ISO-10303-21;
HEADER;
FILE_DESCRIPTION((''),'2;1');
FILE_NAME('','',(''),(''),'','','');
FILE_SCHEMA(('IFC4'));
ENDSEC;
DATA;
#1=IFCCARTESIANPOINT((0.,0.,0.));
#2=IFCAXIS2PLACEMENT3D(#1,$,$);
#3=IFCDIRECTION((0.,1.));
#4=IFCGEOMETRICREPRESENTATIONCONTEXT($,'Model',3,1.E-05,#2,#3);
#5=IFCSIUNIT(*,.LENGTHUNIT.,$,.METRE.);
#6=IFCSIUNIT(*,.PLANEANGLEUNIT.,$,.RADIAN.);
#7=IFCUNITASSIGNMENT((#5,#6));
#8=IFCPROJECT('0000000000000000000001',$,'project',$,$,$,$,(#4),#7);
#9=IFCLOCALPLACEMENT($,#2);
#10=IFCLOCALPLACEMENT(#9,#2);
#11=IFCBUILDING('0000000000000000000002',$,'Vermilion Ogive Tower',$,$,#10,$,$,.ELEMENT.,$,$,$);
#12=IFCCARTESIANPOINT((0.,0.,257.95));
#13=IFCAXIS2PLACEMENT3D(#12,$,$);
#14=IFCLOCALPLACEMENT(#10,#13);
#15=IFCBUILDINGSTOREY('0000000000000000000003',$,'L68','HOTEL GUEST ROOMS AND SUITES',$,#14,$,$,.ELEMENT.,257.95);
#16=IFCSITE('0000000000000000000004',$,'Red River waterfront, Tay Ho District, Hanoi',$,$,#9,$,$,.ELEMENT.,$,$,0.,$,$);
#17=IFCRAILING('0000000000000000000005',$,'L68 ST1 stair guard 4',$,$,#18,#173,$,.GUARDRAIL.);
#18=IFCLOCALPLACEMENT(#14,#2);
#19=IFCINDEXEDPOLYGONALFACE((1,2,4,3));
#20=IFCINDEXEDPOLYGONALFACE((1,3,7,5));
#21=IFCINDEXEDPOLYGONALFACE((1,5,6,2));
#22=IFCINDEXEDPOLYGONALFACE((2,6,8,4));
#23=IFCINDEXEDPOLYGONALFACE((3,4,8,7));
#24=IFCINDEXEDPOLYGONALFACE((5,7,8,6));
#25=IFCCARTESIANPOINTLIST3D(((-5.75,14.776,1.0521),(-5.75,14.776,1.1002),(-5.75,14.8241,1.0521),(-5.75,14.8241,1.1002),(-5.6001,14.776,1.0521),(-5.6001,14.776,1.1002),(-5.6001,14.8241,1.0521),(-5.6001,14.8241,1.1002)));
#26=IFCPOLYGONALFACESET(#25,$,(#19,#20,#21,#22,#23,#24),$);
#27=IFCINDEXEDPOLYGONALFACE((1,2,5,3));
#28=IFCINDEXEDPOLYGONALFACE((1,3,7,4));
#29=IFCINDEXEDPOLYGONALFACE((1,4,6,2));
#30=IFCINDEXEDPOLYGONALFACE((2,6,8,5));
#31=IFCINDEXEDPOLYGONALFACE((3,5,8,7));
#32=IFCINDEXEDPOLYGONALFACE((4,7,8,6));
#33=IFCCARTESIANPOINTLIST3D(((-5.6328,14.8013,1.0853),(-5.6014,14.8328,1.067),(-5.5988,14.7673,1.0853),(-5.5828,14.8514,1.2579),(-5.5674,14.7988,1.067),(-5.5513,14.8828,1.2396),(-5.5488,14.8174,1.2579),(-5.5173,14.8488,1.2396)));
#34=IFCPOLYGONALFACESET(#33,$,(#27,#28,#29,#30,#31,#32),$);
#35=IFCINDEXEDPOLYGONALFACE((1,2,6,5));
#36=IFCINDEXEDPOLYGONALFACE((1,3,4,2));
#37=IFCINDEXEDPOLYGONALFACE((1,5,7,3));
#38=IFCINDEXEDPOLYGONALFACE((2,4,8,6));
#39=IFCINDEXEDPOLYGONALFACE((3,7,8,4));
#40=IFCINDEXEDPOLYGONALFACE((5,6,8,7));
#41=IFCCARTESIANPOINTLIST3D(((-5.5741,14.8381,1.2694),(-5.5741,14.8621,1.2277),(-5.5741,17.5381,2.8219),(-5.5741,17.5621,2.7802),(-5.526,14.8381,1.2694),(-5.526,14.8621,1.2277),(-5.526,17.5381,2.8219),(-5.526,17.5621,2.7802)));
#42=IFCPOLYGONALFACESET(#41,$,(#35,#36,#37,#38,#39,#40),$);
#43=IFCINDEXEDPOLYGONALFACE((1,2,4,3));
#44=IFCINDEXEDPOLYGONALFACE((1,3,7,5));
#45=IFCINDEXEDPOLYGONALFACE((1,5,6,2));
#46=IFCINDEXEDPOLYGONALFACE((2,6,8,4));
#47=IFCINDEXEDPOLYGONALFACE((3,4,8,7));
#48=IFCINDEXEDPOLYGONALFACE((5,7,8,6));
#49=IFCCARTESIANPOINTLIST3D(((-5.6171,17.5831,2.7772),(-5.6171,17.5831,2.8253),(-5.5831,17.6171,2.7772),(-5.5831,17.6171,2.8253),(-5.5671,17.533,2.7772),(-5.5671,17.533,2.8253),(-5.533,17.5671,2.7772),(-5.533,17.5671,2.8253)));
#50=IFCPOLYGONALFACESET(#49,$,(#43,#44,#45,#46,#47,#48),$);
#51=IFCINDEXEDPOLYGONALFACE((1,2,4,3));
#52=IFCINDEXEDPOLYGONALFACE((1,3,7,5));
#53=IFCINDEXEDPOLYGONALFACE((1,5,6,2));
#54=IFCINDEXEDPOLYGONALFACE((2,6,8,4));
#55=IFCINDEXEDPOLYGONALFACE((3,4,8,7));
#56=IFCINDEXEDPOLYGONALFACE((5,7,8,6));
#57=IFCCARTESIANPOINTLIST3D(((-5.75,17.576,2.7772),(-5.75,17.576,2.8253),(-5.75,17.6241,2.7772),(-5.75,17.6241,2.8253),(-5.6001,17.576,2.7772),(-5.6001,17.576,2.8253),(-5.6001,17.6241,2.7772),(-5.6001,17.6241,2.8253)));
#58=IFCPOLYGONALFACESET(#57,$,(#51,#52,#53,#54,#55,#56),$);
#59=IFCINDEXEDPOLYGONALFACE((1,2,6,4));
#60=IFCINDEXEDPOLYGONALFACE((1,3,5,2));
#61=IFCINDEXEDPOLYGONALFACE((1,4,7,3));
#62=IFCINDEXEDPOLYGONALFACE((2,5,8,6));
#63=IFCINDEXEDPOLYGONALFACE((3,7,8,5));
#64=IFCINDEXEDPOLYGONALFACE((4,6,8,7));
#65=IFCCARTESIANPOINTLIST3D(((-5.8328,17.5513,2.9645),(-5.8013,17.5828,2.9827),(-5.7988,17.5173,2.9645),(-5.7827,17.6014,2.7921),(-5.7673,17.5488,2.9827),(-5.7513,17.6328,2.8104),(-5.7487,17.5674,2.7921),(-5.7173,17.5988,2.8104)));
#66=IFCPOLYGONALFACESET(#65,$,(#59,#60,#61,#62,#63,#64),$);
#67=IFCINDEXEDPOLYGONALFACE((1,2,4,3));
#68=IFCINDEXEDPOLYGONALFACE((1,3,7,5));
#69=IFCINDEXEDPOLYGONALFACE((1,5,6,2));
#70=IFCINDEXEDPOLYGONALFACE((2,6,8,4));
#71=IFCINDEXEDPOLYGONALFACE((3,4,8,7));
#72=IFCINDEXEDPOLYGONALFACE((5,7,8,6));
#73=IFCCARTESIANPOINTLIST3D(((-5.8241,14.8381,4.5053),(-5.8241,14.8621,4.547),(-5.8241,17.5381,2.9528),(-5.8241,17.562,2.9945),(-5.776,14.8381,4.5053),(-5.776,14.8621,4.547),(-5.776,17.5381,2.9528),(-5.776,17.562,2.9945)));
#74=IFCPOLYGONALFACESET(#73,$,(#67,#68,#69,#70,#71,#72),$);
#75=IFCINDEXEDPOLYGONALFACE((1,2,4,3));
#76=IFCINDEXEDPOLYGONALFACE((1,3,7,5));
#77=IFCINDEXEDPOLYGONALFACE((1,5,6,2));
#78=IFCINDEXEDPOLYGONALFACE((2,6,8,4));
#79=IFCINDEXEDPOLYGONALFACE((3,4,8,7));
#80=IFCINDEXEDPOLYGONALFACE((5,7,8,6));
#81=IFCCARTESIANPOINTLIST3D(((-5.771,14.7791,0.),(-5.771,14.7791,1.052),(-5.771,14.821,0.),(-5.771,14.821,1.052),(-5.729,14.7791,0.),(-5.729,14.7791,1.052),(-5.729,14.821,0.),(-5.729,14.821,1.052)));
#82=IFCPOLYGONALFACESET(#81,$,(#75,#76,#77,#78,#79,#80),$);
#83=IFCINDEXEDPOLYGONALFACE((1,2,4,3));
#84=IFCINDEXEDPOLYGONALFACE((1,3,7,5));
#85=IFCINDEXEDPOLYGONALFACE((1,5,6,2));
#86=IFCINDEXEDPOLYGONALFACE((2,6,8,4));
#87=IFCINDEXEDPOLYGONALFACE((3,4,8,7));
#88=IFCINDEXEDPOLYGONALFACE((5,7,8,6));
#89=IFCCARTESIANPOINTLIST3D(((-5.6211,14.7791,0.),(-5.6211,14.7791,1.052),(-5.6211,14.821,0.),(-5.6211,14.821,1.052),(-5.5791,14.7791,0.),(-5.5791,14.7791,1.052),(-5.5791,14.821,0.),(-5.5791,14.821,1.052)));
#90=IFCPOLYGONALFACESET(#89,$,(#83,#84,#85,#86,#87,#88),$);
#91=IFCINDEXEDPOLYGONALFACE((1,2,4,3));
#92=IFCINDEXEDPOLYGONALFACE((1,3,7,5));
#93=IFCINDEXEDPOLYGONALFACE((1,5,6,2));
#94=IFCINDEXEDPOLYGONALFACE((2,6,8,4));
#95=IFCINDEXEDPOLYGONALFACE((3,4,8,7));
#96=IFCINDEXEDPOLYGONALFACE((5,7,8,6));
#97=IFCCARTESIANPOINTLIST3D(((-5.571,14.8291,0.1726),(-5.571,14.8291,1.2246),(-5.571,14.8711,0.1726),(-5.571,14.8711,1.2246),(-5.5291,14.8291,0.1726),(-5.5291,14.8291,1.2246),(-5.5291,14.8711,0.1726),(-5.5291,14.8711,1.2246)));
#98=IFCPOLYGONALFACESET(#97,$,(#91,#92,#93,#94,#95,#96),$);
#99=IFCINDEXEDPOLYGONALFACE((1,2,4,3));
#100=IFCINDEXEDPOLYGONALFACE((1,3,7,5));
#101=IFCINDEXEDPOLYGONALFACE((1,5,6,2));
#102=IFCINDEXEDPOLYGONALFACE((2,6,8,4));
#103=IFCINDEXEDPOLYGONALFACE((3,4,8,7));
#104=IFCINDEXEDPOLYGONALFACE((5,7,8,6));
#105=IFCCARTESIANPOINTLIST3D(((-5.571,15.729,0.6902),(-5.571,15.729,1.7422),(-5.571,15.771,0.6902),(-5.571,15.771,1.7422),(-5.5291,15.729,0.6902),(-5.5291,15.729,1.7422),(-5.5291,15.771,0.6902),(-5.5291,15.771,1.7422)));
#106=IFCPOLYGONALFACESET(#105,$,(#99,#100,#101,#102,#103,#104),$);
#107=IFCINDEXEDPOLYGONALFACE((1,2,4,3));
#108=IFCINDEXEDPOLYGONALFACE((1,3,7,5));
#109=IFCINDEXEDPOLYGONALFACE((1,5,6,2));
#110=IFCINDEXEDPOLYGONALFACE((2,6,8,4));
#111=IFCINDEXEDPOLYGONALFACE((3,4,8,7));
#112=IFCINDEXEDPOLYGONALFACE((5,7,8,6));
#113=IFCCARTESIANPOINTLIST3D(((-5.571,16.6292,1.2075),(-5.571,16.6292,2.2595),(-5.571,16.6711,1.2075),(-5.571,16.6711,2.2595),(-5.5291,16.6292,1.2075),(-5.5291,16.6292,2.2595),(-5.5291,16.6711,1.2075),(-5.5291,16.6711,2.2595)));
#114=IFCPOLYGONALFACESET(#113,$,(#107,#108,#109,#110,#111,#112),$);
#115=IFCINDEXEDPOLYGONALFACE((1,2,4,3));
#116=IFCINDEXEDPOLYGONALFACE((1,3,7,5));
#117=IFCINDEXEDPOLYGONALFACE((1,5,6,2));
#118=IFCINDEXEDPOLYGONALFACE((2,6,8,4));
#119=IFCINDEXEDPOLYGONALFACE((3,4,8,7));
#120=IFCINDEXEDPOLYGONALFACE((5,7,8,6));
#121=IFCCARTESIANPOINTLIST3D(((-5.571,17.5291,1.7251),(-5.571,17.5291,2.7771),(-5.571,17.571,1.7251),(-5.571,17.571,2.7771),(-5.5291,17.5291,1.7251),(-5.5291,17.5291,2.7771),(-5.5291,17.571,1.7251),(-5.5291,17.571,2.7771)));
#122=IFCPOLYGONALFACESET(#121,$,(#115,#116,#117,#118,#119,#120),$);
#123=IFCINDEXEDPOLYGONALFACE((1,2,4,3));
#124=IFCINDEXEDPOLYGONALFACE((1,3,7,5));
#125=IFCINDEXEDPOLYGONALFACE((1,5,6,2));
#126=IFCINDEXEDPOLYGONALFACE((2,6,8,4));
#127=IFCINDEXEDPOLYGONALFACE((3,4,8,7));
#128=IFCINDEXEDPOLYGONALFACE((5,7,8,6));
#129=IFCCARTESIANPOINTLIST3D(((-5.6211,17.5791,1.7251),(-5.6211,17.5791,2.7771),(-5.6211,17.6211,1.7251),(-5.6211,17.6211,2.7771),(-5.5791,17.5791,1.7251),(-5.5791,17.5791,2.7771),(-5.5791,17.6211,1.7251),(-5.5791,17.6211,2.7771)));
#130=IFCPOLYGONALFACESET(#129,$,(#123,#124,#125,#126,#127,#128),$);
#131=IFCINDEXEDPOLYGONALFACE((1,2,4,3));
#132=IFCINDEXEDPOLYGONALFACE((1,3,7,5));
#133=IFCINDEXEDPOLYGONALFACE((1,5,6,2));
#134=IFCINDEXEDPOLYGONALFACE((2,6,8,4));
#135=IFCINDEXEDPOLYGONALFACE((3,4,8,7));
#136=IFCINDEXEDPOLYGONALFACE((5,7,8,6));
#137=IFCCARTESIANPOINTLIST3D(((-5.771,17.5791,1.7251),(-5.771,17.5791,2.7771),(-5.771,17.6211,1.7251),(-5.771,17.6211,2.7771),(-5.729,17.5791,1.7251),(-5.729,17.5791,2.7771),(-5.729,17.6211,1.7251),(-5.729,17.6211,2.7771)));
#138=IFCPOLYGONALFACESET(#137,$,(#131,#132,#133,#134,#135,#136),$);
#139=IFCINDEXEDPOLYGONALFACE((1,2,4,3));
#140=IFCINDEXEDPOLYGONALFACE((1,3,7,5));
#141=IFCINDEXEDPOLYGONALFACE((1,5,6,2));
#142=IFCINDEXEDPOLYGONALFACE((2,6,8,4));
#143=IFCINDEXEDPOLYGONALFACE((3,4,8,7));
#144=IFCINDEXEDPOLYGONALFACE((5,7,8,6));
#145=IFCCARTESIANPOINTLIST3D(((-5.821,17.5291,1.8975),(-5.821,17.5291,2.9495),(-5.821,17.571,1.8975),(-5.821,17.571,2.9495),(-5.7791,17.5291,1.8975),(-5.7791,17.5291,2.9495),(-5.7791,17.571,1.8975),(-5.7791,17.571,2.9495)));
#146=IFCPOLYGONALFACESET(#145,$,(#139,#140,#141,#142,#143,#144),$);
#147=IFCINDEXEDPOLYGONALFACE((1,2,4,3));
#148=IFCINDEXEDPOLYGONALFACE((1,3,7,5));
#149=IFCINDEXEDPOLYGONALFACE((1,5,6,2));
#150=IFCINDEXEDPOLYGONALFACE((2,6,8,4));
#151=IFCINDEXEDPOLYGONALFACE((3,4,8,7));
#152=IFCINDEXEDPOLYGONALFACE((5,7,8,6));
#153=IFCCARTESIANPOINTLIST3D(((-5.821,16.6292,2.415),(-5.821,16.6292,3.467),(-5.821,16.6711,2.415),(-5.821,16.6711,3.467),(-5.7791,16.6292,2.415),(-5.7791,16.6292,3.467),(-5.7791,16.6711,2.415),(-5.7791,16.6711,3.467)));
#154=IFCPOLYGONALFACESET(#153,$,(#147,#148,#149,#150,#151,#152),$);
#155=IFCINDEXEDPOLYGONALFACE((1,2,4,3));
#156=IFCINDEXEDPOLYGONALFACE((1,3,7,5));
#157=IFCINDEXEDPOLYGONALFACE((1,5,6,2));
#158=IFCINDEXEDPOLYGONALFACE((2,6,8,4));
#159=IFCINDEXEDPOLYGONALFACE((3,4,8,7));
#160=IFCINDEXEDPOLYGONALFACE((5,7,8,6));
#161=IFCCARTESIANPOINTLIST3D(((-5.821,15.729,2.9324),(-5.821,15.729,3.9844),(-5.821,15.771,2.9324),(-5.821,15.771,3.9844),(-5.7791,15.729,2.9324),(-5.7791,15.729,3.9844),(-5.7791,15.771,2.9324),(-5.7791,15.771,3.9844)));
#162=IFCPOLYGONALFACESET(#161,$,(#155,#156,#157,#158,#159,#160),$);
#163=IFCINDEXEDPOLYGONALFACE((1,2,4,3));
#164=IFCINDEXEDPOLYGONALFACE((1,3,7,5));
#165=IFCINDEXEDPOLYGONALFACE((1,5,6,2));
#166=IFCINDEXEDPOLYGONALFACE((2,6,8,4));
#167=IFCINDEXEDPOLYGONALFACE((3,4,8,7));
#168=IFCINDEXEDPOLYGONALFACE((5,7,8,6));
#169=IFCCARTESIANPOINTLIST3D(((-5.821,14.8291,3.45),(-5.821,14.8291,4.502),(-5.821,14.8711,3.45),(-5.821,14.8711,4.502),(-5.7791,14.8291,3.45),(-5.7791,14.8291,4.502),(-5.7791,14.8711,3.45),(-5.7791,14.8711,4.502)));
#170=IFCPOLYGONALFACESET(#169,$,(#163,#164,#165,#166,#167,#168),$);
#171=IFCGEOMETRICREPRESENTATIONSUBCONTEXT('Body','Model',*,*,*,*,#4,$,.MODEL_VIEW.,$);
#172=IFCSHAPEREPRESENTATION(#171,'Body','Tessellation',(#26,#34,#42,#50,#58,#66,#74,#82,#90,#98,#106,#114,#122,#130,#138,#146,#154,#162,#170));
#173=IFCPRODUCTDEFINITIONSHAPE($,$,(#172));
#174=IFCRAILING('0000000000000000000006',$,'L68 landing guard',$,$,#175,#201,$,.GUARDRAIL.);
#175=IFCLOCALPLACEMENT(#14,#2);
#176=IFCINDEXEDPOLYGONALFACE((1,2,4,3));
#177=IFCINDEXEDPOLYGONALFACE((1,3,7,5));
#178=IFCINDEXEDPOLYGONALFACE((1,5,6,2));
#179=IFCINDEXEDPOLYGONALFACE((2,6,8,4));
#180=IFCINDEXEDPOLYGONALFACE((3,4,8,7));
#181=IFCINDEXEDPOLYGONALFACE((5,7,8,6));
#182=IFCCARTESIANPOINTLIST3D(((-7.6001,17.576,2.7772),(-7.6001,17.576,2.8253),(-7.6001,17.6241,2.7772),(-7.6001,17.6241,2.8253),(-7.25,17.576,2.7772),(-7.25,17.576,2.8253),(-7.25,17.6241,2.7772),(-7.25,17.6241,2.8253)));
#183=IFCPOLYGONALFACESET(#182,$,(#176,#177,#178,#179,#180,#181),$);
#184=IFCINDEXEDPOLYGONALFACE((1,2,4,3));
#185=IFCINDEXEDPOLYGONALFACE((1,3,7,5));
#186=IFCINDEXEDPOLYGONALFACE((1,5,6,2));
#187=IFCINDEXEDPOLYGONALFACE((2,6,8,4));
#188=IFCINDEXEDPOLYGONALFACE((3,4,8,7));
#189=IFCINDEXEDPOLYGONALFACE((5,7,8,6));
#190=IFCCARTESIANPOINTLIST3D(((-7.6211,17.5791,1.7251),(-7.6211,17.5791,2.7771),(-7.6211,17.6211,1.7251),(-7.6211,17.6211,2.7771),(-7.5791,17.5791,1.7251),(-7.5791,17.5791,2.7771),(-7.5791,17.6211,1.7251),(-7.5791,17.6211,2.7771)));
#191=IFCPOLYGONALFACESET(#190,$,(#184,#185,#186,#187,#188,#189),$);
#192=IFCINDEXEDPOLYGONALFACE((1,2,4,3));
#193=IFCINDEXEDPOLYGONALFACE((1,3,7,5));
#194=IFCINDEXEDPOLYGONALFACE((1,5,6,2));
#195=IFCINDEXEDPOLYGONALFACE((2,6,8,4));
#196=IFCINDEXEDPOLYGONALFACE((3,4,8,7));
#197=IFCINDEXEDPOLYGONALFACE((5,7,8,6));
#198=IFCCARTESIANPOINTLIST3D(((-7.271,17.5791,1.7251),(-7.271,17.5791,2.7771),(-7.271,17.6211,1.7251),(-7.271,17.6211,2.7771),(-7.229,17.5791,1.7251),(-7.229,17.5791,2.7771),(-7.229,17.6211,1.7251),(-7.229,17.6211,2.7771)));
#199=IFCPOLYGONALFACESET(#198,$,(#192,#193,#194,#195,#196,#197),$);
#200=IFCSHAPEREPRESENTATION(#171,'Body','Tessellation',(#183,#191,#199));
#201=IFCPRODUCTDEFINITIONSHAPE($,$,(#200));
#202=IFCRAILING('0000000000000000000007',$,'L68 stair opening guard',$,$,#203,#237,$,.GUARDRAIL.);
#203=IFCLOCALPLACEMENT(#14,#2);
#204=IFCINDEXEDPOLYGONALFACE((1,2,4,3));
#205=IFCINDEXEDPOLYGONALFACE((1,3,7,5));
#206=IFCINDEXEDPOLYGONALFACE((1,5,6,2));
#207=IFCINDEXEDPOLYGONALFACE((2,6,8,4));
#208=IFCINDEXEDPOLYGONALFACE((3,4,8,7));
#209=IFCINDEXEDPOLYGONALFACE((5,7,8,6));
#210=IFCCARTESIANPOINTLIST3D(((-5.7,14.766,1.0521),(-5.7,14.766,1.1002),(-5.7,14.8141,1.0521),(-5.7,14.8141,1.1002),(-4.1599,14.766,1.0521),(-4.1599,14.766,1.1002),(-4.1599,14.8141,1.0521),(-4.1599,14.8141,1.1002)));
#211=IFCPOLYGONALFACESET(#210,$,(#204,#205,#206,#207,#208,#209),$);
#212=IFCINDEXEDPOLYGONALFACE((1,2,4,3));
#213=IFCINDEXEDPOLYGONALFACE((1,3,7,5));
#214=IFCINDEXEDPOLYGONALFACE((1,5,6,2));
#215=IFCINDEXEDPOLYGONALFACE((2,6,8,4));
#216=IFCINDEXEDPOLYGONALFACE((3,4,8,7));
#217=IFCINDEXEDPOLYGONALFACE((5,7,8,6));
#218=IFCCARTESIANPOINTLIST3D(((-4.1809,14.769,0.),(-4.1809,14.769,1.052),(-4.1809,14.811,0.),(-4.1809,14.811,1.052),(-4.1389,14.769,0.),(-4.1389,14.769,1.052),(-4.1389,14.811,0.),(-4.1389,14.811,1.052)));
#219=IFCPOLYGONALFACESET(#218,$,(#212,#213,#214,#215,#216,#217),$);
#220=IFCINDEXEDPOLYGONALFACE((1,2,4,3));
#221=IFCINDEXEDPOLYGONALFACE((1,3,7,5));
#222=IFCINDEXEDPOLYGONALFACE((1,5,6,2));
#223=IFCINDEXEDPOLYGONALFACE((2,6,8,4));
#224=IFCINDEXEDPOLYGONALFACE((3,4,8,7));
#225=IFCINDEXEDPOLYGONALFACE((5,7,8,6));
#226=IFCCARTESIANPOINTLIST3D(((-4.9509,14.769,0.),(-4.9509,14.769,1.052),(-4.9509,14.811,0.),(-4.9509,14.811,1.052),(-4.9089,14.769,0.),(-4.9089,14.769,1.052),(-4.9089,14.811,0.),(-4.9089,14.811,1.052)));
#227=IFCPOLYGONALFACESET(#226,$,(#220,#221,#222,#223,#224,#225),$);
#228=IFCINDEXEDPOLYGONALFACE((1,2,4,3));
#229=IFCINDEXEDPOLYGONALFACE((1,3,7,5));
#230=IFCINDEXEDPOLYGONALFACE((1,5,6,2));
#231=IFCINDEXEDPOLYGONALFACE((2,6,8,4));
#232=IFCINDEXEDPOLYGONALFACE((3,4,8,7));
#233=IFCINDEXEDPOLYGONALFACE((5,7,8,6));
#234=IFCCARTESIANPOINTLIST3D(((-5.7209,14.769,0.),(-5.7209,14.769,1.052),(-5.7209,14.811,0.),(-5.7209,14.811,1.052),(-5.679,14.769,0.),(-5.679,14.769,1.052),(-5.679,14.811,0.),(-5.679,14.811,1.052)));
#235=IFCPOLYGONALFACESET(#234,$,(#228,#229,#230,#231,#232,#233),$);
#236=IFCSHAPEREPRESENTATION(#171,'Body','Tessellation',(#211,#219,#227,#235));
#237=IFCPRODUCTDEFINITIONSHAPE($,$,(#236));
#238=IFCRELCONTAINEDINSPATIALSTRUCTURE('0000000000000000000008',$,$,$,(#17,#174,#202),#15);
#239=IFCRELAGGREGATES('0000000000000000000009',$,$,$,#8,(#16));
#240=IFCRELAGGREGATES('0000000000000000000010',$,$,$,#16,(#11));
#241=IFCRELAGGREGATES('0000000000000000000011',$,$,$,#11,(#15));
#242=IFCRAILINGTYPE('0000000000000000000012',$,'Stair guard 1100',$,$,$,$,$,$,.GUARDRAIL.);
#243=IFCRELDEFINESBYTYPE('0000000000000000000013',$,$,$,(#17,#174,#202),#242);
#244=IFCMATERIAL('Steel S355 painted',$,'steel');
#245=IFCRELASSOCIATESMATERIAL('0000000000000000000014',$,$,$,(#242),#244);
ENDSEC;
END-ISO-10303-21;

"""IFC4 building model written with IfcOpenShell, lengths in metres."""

from ifc_helpers import new_model, si_unit, direction, frame, origin, origin_2d, place, context, subcontext, project, spatial, rectangle, extrude, material, type_object, element, save


model = new_model("IFC4")

# Units and contexts
model_context = context("Model", 3, precision=1e-05, world=origin(), true_north=direction((0.0, 1.0)))
body_context = subcontext(model_context, "Body", "Model", "MODEL_VIEW")
ifc_project = project(units=[si_unit("LENGTHUNIT", "METRE"), si_unit("PLANEANGLEUNIT", "RADIAN")], contexts=[model_context])

# Site, building, storey
site_placement = place(None, origin())
site = spatial("IfcSite", under=ifc_project, at=site_placement, Name="Red River waterfront, Tay Ho District, Hanoi", CompositionType="ELEMENT", RefElevation=0.0)
building_placement = place(site_placement, origin())
building = spatial("IfcBuilding", under=site, at=building_placement, Name="Vermilion Ogive Tower", CompositionType="ELEMENT")
storey_placement = place(building_placement, frame((0.0, 0.0, 257.95)))
storey = spatial("IfcBuildingStorey", under=building, at=storey_placement, Name="L68", Description="HOTEL GUEST ROOMS AND SUITES", CompositionType="ELEMENT", Elevation=257.95)

# Railings
ifc_material_1 = material(Name="Steel S355 painted", Category="steel")
railing_type_1 = type_object("IfcRailingType", Name="Stair guard 1100", PredefinedType="GUARDRAIL", material=ifc_material_1)
railing_1_placement = place(storey_placement, frame((-5.75, 14.8, 0.0)))
element("IfcRailing", 1, at=railing_1_placement, inside=storey, type_object=railing_type_1, Name="L68 ST1 stair guard 4", PredefinedType="GUARDRAIL", context=body_context, shape_type="SweptSolid", body=[
    extrude(rectangle(XDim=0.0481, YDim=0.0481, at=origin_2d()), frame((0.0, 0.0, 1.0762), z_axis=(1.0, 0.0, 0.0), x_axis=(0.0, 1.0, 0.0)), (0.0, 0.0, 1.0), 0.1499),
    extrude(rectangle(XDim=0.0481, YDim=0.0481, at=origin_2d()), frame((0.1499, 0.0, 1.0762), z_axis=(0.268278, 0.268278, 0.925232), x_axis=(-0.707107, 0.707107, 0.0)), (0.0, 0.0, 1.0), 0.1865),
    extrude(rectangle(XDim=0.0481, YDim=0.0481, at=origin_2d()), frame((0.2, 0.05, 1.2485), z_axis=(0.0, 0.866904, 0.498476), x_axis=(-1.0, 0.0, 0.0)), (0.0, 0.0, 1.0), 3.1145),
    extrude(rectangle(XDim=0.0481, YDim=0.0481, at=origin_2d()), frame((0.2, 2.75, 2.8013), z_axis=(-0.707107, 0.707107, 0.0), x_axis=(-0.707107, -0.707107, 0.0)), (0.0, 0.0, 1.0), 0.0708),
    extrude(rectangle(XDim=0.0481, YDim=0.0481, at=origin_2d()), frame((0.1499, 2.8, 2.8013), z_axis=(-1.0, 0.0, 0.0), x_axis=(0.0, -1.0, 0.0)), (0.0, 0.0, 1.0), 0.1499),
    extrude(rectangle(XDim=0.0481, YDim=0.0481, at=origin_2d()), frame((0.0, 2.8, 2.8013), z_axis=(-0.268603, -0.268603, 0.925043), x_axis=(0.707107, -0.707107, 0.0)), (0.0, 0.0, 1.0), 0.1863),
    extrude(rectangle(XDim=0.0481, YDim=0.0481, at=origin_2d()), frame((-0.05, 2.75, 2.9736), z_axis=(0.0, -0.866904, 0.498476), x_axis=(1.0, 0.0, 0.0)), (0.0, 0.0, 1.0), 3.1145),
    extrude(rectangle(XDim=0.042, YDim=0.042, at=origin_2d()), origin(), (0.0, 0.0, 1.0), 1.052),
    extrude(rectangle(XDim=0.042, YDim=0.042, at=origin_2d()), frame((0.1499, 0.0, 0.0)), (0.0, 0.0, 1.0), 1.052),
    extrude(rectangle(XDim=0.042, YDim=0.042, at=origin_2d()), frame((0.2, 0.05, 0.1726)), (0.0, 0.0, 1.0), 1.052),
    extrude(rectangle(XDim=0.042, YDim=0.042, at=origin_2d()), frame((0.2, 0.95, 0.6902)), (0.0, 0.0, 1.0), 1.052),
    extrude(rectangle(XDim=0.042, YDim=0.042, at=origin_2d()), frame((0.2, 1.8501, 1.2075)), (0.0, 0.0, 1.0), 1.052),
    extrude(rectangle(XDim=0.042, YDim=0.042, at=origin_2d()), frame((0.2, 2.75, 1.7251)), (0.0, 0.0, 1.0), 1.052),
    extrude(rectangle(XDim=0.042, YDim=0.042, at=origin_2d()), frame((0.1499, 2.8, 1.7251)), (0.0, 0.0, 1.0), 1.052),
    extrude(rectangle(XDim=0.042, YDim=0.042, at=origin_2d()), frame((0.0, 2.8, 1.7251)), (0.0, 0.0, 1.0), 1.052),
    extrude(rectangle(XDim=0.042, YDim=0.042, at=origin_2d()), frame((-0.05, 2.75, 1.8975)), (0.0, 0.0, 1.0), 1.052),
    extrude(rectangle(XDim=0.042, YDim=0.042, at=origin_2d()), frame((-0.05, 1.8501, 2.415)), (0.0, 0.0, 1.0), 1.052),
    extrude(rectangle(XDim=0.042, YDim=0.042, at=origin_2d()), frame((-0.05, 0.95, 2.9324)), (0.0, 0.0, 1.0), 1.052),
    extrude(rectangle(XDim=0.042, YDim=0.042, at=origin_2d()), frame((-0.05, 0.05, 3.45)), (0.0, 0.0, 1.0), 1.052),
])
railing_2_placement = place(storey_placement, frame((-7.6001, 17.6001, 1.7251)))
element("IfcRailing", 2, at=railing_2_placement, inside=storey, type_object=railing_type_1, Name="L68 landing guard", PredefinedType="GUARDRAIL", context=body_context, shape_type="SweptSolid", body=[
    extrude(rectangle(XDim=0.0481, YDim=0.0481, at=origin_2d()), frame((0.0, 0.0, 1.0762), z_axis=(1.0, 0.0, 0.0), x_axis=(0.0, 1.0, 0.0)), (0.0, 0.0, 1.0), 0.3501),
    extrude(rectangle(XDim=0.042, YDim=0.042, at=origin_2d()), origin(), (0.0, 0.0, 1.0), 1.052),
    extrude(rectangle(XDim=0.042, YDim=0.042, at=origin_2d()), frame((0.3501, 0.0, 0.0)), (0.0, 0.0, 1.0), 1.052),
])
railing_3_placement = place(storey_placement, frame((-4.1599, 14.79, 0.0)))
element("IfcRailing", 3, at=railing_3_placement, inside=storey, type_object=railing_type_1, Name="L68 stair opening guard", PredefinedType="GUARDRAIL", context=body_context, shape_type="SweptSolid", body=[
    extrude(rectangle(XDim=0.0481, YDim=0.0481, at=origin_2d()), frame((0.0, 0.0, 1.0762), z_axis=(-1.0, 0.0, 0.0), x_axis=(0.0, -1.0, 0.0)), (0.0, 0.0, 1.0), 1.54),
    extrude(rectangle(XDim=0.042, YDim=0.042, at=origin_2d()), origin(), (0.0, 0.0, 1.0), 1.052),
    extrude(rectangle(XDim=0.042, YDim=0.042, at=origin_2d()), frame((-0.77, 0.0, 0.0)), (0.0, 0.0, 1.0), 1.052),
    extrude(rectangle(XDim=0.042, YDim=0.042, at=origin_2d()), frame((-1.54, 0.0, 0.0)), (0.0, 0.0, 1.0), 1.052),
])

save(model, "model.ifc")
